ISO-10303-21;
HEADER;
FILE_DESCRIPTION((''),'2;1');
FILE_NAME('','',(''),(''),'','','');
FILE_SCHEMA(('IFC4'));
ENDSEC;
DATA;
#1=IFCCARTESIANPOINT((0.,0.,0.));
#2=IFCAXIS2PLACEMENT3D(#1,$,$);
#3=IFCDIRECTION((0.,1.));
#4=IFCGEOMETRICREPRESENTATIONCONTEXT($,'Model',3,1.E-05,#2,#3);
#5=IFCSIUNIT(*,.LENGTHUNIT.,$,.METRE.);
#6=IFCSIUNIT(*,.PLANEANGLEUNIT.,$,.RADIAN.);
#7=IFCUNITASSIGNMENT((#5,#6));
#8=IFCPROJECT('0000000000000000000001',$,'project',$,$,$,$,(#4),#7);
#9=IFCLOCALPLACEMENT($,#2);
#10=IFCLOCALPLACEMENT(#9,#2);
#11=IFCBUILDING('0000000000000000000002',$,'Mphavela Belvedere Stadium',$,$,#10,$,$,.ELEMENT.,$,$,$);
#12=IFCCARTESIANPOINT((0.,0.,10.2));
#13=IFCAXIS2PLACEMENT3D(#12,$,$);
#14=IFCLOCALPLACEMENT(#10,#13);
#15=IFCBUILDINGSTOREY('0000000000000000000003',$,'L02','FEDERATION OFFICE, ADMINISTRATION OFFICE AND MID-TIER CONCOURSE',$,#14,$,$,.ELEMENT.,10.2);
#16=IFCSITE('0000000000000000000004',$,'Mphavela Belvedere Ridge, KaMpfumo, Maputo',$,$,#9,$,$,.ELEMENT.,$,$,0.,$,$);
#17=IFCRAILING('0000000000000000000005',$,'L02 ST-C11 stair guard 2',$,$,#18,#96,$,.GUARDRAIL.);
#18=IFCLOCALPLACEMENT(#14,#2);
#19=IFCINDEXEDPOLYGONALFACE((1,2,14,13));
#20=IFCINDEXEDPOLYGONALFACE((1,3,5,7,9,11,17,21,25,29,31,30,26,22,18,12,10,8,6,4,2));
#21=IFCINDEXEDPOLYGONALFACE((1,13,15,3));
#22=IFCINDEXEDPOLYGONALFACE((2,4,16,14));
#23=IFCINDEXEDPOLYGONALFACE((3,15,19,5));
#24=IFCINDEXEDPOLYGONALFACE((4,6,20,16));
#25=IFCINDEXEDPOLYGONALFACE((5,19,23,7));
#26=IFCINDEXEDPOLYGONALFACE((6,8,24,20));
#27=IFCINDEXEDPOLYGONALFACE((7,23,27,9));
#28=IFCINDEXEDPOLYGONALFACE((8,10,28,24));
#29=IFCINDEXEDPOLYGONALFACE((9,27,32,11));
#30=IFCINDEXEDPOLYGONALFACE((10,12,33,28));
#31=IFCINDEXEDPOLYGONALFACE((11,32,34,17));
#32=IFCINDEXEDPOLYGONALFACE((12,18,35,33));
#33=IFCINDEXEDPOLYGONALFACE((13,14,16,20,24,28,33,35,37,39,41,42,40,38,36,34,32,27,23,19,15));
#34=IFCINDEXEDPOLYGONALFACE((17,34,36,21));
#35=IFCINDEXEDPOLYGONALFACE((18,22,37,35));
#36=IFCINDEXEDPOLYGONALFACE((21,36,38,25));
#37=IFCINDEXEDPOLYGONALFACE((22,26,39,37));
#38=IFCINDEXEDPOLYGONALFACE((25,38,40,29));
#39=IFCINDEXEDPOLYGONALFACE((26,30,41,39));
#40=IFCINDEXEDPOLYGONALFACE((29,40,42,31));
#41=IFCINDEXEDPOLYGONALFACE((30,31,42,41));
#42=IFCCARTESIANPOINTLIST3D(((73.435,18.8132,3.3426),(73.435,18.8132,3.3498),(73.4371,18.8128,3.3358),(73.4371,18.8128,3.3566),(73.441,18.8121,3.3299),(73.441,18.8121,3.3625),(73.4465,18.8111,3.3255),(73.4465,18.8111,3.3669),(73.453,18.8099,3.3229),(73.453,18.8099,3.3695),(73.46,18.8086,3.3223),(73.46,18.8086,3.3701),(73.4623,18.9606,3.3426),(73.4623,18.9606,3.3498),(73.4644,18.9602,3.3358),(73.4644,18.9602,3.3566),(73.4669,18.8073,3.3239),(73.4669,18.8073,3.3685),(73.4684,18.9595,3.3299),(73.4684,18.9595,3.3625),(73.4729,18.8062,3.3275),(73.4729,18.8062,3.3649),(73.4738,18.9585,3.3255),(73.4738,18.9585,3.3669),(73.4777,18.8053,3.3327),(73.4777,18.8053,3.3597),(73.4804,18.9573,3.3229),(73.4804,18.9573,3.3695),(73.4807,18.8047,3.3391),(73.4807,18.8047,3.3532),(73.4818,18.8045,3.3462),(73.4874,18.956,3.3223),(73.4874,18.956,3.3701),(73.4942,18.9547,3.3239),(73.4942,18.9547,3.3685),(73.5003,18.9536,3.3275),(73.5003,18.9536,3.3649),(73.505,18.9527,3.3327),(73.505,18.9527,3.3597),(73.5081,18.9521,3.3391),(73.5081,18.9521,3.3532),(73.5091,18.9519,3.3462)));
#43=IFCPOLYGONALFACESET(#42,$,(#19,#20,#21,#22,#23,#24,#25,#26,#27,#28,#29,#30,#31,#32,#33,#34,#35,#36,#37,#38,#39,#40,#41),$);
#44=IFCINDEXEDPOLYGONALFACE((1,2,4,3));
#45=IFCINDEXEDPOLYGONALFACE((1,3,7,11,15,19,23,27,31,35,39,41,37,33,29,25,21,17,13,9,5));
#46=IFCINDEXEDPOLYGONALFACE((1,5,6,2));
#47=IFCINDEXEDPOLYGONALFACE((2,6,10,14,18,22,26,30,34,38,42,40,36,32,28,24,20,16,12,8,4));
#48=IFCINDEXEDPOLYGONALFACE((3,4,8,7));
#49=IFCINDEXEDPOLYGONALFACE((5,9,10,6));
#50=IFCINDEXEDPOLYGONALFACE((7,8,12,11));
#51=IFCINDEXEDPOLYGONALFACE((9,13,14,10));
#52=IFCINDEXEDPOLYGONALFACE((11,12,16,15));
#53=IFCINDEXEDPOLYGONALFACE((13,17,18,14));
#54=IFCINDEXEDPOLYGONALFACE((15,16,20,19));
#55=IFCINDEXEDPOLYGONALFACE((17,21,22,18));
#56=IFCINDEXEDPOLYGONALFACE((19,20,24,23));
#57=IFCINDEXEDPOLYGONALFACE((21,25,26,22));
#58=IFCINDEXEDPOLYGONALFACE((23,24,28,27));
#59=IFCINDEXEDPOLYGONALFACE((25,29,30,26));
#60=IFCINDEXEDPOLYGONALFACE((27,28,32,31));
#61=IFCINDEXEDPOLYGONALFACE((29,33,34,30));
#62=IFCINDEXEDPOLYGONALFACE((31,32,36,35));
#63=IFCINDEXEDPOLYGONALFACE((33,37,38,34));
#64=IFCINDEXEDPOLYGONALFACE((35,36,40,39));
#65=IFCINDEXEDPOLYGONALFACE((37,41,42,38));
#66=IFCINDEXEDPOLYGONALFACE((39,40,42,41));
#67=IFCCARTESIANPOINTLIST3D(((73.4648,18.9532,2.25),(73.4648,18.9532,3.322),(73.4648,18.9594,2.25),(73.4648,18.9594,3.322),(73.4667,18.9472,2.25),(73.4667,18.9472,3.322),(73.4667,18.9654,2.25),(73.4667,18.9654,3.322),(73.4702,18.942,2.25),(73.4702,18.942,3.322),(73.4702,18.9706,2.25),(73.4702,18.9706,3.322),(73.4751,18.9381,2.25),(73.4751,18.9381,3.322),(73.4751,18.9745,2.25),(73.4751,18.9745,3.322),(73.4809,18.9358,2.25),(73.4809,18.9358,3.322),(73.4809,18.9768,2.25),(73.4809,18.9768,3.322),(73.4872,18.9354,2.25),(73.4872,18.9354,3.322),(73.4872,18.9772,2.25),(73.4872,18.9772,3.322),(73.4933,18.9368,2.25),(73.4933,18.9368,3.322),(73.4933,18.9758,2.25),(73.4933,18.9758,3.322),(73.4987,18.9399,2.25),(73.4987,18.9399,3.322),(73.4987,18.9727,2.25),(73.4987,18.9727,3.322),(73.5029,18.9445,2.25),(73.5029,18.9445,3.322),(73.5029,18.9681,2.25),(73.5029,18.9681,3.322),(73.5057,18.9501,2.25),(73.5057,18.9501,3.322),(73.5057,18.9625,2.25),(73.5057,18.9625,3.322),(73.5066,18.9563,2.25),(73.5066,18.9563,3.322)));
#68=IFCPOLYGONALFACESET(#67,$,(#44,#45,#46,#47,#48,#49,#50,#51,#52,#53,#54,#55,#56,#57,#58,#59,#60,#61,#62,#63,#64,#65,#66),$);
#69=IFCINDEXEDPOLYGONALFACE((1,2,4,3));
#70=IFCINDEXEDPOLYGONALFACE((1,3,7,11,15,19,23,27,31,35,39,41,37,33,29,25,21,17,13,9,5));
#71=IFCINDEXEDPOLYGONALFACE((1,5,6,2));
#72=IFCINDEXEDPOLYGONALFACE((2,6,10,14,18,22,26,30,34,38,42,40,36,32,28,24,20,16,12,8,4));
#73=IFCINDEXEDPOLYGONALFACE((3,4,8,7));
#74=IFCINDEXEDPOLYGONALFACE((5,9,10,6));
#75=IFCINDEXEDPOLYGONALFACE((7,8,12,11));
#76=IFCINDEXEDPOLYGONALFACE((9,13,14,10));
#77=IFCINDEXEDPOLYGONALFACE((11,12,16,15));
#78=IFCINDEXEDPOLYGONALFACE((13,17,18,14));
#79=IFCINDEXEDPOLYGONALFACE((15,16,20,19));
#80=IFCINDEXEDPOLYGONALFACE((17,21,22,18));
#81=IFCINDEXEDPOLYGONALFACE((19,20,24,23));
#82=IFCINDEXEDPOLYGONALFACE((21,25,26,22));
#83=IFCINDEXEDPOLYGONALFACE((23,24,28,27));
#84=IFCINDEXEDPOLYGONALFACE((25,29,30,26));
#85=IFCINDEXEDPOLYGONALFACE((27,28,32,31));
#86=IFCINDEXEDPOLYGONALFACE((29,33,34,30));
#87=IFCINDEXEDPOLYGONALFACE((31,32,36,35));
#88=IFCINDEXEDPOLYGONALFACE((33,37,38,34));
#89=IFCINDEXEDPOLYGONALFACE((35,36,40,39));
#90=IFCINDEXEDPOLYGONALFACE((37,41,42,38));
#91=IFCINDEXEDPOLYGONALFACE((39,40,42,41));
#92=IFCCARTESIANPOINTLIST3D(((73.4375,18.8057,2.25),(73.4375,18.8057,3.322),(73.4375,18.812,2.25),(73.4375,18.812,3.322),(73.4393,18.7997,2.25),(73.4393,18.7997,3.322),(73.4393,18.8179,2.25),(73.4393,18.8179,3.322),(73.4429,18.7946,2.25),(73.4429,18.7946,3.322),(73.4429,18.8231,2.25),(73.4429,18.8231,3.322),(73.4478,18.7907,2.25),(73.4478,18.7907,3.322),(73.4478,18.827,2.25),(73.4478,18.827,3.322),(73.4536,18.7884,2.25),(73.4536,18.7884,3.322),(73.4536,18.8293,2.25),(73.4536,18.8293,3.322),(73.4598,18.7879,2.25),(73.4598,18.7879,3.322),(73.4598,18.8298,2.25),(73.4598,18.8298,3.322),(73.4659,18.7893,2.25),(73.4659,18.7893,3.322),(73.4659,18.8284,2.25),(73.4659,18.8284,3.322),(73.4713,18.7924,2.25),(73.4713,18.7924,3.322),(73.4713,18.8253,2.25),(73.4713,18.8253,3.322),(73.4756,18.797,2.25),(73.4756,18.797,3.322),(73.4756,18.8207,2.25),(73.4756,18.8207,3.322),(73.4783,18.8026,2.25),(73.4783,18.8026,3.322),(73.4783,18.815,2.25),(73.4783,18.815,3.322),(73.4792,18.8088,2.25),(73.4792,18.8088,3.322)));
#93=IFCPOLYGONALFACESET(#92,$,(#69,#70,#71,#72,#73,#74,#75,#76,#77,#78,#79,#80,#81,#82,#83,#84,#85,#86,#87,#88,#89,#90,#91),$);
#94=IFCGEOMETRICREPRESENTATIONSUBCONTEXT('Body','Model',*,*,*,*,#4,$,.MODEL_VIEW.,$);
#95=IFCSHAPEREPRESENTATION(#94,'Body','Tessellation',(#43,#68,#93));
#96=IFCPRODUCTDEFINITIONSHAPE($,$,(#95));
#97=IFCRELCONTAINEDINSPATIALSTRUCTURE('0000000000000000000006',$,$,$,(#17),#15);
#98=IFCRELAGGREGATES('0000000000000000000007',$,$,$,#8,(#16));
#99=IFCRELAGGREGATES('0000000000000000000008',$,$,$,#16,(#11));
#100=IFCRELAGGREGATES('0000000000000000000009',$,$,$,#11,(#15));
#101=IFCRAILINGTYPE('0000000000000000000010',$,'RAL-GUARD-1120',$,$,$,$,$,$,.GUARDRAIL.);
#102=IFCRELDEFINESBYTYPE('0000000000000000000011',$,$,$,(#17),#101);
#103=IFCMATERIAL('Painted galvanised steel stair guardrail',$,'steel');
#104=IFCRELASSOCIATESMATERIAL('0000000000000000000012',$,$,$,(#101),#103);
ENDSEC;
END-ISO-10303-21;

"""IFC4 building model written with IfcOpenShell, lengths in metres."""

from ifc_helpers import new_model, si_unit, direction, frame, origin, origin_2d, place, context, subcontext, project, spatial, circle, extrude, material, type_object, element, save


model = new_model("IFC4")

# Units and contexts
model_context = context("Model", 3, precision=1e-05, world=origin(), true_north=direction((0.0, 1.0)))
body_context = subcontext(model_context, "Body", "Model", "MODEL_VIEW")
ifc_project = project(units=[si_unit("LENGTHUNIT", "METRE"), si_unit("PLANEANGLEUNIT", "RADIAN")], contexts=[model_context])

# Site, building, storey
site_placement = place(None, origin())
site = spatial("IfcSite", under=ifc_project, at=site_placement, Name="Mphavela Belvedere Ridge, KaMpfumo, Maputo", CompositionType="ELEMENT", RefElevation=0.0)
building_placement = place(site_placement, origin())
building = spatial("IfcBuilding", under=site, at=building_placement, Name="Mphavela Belvedere Stadium", CompositionType="ELEMENT")
storey_placement = place(building_placement, frame((0.0, 0.0, 10.2)))
storey = spatial("IfcBuildingStorey", under=building, at=storey_placement, Name="L02", Description="FEDERATION OFFICE, ADMINISTRATION OFFICE AND MID-TIER CONCOURSE", CompositionType="ELEMENT", Elevation=10.2)

# Railing
ifc_material_1 = material(Name="Painted galvanised steel stair guardrail", Category="steel")
railing_type_1 = type_object("IfcRailingType", Name="RAL-GUARD-1120", PredefinedType="GUARDRAIL", material=ifc_material_1)
railing_1_placement = place(storey_placement, frame((73.4856, 18.9563, 2.25)))
element("IfcRailing", 1, at=railing_1_placement, inside=storey, type_object=railing_type_1, Name="L02 ST-C11 stair guard 2", PredefinedType="GUARDRAIL", context=body_context, shape_type="SweptSolid", body=[
    extrude(circle(Radius=0.0239, at=origin_2d()), frame((0.0, 0.0, 1.0962), z_axis=(-0.182322, -0.983239, 0.0), x_axis=(0.983239, -0.182322, 0.0)), (0.0, 0.0, 1.0), 0.1499),
    extrude(circle(Radius=0.021, at=origin_2d()), origin(), (0.0, 0.0, 1.0), 1.072),
    extrude(circle(Radius=0.021, at=origin_2d()), frame((-0.0273, -0.1475, 0.0)), (0.0, 0.0, 1.0), 1.072),
])

save(model, "model.ifc")
